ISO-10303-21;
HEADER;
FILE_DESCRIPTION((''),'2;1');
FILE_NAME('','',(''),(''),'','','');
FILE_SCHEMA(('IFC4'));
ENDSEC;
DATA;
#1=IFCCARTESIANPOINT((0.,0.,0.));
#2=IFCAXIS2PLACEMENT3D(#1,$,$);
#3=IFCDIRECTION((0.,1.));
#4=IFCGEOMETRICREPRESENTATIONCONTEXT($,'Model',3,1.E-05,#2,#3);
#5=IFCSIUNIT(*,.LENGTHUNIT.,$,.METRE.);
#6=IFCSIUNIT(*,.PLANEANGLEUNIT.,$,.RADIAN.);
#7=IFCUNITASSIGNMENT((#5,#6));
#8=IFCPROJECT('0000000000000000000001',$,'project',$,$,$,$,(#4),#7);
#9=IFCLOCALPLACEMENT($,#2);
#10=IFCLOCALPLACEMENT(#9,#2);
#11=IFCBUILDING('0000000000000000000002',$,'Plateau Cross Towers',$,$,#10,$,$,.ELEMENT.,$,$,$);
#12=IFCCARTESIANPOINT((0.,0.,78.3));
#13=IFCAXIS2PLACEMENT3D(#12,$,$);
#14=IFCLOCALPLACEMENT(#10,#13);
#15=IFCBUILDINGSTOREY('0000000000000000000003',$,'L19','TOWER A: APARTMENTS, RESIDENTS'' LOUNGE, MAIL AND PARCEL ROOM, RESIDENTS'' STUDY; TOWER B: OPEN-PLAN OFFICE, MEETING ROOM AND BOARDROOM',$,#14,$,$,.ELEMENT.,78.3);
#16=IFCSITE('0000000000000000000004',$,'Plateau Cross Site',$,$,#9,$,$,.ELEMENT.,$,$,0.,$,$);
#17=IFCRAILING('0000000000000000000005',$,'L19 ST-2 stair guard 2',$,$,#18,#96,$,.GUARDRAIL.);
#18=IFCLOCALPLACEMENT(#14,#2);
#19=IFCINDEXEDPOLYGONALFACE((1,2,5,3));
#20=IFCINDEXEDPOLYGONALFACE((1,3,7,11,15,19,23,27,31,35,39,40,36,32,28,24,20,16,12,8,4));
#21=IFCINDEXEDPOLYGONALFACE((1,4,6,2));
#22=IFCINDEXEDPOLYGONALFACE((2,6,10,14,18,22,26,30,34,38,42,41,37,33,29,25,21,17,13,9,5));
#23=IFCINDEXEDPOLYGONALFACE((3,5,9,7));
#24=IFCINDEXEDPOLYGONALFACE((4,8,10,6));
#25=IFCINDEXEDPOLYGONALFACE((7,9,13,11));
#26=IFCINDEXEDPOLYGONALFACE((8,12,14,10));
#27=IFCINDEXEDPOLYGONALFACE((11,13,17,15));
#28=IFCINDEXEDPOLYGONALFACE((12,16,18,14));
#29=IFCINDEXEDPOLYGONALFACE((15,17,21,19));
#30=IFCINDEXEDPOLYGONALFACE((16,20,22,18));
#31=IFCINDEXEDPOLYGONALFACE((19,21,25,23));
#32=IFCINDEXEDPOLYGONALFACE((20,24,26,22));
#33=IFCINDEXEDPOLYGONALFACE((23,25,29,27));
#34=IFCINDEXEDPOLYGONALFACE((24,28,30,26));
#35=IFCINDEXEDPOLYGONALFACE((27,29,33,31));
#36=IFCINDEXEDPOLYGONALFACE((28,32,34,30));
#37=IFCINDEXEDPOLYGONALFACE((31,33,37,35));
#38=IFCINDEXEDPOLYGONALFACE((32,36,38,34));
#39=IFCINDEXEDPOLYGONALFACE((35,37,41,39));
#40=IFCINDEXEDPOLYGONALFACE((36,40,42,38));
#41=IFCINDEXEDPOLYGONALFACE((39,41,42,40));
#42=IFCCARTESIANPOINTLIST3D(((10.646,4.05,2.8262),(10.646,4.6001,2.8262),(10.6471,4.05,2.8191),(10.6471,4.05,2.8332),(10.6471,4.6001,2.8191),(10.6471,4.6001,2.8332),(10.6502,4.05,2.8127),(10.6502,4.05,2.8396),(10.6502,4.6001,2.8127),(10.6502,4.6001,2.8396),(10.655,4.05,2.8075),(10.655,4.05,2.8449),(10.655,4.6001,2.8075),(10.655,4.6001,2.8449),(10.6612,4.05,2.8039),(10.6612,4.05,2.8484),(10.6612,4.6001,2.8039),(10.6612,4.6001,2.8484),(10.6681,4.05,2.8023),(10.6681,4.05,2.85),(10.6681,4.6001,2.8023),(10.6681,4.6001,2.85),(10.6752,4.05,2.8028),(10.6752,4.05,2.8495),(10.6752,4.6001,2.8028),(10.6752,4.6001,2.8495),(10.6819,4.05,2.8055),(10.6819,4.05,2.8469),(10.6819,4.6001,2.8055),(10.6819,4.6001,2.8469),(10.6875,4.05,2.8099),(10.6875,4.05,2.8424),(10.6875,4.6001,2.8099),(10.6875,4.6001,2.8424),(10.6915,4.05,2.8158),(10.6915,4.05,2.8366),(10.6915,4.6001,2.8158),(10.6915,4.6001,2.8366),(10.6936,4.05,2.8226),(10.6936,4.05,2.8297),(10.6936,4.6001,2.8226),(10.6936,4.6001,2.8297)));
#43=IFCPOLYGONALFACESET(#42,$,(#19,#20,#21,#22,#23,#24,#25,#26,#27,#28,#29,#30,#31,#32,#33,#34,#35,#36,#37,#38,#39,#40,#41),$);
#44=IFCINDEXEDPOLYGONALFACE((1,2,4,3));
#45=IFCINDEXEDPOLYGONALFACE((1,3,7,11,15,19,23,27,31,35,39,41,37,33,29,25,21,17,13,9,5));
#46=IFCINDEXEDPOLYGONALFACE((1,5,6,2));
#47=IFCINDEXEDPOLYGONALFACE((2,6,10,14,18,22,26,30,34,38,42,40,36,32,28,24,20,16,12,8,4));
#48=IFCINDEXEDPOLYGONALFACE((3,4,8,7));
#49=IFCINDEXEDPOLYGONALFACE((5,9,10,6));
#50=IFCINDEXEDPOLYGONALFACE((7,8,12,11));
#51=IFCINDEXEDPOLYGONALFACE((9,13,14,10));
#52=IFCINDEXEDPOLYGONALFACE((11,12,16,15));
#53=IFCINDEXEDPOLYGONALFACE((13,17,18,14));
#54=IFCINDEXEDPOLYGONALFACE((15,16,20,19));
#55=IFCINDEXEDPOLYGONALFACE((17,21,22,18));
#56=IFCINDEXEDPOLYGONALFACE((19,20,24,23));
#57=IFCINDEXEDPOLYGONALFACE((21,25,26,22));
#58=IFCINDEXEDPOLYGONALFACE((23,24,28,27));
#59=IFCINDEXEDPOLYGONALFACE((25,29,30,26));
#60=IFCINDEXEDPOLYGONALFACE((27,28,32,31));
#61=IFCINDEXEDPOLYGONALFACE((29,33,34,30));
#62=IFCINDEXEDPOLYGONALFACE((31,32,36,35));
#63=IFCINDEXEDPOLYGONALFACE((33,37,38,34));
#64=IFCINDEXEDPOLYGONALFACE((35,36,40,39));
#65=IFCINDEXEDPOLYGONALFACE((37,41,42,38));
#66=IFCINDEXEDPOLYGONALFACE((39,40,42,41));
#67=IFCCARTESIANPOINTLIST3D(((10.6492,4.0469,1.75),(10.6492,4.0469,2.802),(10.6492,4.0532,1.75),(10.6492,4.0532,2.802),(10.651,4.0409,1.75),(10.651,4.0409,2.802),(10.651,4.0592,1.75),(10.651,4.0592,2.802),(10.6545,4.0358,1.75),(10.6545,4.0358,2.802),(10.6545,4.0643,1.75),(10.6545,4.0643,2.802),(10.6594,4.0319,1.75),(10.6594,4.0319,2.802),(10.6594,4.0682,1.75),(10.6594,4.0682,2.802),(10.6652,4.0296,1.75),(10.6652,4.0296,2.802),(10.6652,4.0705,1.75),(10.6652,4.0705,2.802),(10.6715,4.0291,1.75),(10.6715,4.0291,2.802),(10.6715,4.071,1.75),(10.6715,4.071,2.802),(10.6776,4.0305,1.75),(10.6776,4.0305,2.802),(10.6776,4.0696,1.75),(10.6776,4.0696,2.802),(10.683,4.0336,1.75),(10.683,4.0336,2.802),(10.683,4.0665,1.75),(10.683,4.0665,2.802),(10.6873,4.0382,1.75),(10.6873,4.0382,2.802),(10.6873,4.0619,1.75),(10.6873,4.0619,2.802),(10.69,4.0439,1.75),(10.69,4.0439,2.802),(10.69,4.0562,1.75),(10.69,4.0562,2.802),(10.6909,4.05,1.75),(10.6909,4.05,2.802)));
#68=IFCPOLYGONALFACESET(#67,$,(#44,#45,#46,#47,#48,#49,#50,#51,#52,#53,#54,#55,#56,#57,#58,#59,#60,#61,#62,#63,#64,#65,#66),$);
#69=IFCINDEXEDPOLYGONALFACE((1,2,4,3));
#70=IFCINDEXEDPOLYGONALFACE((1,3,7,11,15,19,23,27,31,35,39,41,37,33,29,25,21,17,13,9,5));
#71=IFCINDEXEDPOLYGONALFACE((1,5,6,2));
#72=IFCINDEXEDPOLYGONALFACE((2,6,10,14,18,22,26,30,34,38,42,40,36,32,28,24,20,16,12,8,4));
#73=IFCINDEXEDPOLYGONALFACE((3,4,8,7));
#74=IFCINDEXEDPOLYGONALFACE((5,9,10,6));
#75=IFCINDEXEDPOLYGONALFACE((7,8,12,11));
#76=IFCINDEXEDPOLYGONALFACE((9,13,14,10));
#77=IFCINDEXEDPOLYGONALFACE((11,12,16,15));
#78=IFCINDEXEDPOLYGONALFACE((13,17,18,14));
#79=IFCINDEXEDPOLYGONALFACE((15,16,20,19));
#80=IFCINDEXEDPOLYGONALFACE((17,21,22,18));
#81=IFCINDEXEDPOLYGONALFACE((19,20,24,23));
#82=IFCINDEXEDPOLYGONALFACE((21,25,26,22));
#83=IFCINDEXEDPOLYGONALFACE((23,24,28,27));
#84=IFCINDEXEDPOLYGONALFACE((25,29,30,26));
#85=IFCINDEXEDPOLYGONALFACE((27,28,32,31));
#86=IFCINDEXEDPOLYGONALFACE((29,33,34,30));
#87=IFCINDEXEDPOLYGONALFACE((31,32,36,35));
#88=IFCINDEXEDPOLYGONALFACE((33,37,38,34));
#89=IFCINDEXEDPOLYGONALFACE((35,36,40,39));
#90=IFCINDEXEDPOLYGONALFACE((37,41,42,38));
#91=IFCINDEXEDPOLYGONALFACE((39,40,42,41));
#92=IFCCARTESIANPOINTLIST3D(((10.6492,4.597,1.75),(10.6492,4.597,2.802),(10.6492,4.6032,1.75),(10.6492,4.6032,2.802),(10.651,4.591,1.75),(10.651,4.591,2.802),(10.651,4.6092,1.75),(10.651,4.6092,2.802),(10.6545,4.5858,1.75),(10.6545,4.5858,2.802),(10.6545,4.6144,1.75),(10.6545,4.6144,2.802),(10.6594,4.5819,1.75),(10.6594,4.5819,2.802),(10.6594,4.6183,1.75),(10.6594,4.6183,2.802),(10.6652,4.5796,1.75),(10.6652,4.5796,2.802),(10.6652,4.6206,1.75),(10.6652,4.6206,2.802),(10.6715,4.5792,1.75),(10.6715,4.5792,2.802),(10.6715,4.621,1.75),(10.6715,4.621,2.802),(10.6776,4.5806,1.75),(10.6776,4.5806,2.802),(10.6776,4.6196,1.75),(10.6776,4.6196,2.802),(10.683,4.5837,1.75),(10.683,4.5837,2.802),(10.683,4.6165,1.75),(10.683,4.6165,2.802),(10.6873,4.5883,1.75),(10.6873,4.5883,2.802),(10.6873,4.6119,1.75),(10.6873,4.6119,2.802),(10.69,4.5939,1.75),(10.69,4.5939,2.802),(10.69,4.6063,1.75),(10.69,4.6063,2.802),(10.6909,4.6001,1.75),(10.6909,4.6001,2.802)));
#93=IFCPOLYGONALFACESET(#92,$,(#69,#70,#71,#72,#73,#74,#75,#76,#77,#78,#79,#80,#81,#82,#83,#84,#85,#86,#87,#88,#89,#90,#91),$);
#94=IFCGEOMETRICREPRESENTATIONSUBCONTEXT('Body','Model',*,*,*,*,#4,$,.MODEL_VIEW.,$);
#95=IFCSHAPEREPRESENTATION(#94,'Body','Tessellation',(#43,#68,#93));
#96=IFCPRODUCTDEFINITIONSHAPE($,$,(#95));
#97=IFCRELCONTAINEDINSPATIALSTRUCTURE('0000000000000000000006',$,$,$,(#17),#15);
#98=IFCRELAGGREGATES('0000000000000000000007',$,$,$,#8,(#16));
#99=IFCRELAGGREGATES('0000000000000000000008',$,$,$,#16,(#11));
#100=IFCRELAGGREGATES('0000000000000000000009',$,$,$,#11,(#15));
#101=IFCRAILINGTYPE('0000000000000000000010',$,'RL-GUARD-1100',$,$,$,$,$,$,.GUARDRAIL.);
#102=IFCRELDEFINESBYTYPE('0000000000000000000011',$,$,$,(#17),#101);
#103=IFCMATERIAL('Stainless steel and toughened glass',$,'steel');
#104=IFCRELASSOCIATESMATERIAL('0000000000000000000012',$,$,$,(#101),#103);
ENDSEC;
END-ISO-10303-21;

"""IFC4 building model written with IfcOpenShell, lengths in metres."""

from ifc_helpers import new_model, si_unit, direction, frame, origin, origin_2d, place, context, subcontext, project, spatial, circle, extrude, material, type_object, element, save


model = new_model("IFC4")

# Units and contexts
model_context = context("Model", 3, precision=1e-05, world=origin(), true_north=direction((0.0, 1.0)))
body_context = subcontext(model_context, "Body", "Model", "MODEL_VIEW")
ifc_project = project(units=[si_unit("LENGTHUNIT", "METRE"), si_unit("PLANEANGLEUNIT", "RADIAN")], contexts=[model_context])

# Site, building, storey
site_placement = place(None, origin())
site = spatial("IfcSite", under=ifc_project, at=site_placement, Name="Plateau Cross Site", CompositionType="ELEMENT", RefElevation=0.0)
building_placement = place(site_placement, origin())
building = spatial("IfcBuilding", under=site, at=building_placement, Name="Plateau Cross Towers", CompositionType="ELEMENT")
storey_placement = place(building_placement, frame((0.0, 0.0, 78.3)))
storey = spatial("IfcBuildingStorey", under=building, at=storey_placement, Name="L19", Description="TOWER A: APARTMENTS, RESIDENTS' LOUNGE, MAIL AND PARCEL ROOM, RESIDENTS' STUDY; TOWER B: OPEN-PLAN OFFICE, MEETING ROOM AND BOARDROOM", CompositionType="ELEMENT", Elevation=78.3)

# Railing
ifc_material_1 = material(Name="Stainless steel and toughened glass", Category="steel")
railing_type_1 = type_object("IfcRailingType", Name="RL-GUARD-1100", PredefinedType="GUARDRAIL", material=ifc_material_1)
railing_1_placement = place(storey_placement, frame((10.6699, 4.05, 1.75)))
element("IfcRailing", 1, at=railing_1_placement, inside=storey, type_object=railing_type_1, Name="L19 ST-2 stair guard 2", PredefinedType="GUARDRAIL", context=body_context, shape_type="SweptSolid", body=[
    extrude(circle(Radius=0.0239, at=origin_2d()), frame((0.0, 0.0, 1.0762), z_axis=(0.0, 1.0, 0.0), x_axis=(-1.0, 0.0, 0.0)), (0.0, 0.0, 1.0), 0.55),
    extrude(circle(Radius=0.021, at=origin_2d()), origin(), (0.0, 0.0, 1.0), 1.052),
    extrude(circle(Radius=0.021, at=origin_2d()), frame((0.0, 0.55, 0.0)), (0.0, 0.0, 1.0), 1.052),
])

save(model, "model.ifc")
